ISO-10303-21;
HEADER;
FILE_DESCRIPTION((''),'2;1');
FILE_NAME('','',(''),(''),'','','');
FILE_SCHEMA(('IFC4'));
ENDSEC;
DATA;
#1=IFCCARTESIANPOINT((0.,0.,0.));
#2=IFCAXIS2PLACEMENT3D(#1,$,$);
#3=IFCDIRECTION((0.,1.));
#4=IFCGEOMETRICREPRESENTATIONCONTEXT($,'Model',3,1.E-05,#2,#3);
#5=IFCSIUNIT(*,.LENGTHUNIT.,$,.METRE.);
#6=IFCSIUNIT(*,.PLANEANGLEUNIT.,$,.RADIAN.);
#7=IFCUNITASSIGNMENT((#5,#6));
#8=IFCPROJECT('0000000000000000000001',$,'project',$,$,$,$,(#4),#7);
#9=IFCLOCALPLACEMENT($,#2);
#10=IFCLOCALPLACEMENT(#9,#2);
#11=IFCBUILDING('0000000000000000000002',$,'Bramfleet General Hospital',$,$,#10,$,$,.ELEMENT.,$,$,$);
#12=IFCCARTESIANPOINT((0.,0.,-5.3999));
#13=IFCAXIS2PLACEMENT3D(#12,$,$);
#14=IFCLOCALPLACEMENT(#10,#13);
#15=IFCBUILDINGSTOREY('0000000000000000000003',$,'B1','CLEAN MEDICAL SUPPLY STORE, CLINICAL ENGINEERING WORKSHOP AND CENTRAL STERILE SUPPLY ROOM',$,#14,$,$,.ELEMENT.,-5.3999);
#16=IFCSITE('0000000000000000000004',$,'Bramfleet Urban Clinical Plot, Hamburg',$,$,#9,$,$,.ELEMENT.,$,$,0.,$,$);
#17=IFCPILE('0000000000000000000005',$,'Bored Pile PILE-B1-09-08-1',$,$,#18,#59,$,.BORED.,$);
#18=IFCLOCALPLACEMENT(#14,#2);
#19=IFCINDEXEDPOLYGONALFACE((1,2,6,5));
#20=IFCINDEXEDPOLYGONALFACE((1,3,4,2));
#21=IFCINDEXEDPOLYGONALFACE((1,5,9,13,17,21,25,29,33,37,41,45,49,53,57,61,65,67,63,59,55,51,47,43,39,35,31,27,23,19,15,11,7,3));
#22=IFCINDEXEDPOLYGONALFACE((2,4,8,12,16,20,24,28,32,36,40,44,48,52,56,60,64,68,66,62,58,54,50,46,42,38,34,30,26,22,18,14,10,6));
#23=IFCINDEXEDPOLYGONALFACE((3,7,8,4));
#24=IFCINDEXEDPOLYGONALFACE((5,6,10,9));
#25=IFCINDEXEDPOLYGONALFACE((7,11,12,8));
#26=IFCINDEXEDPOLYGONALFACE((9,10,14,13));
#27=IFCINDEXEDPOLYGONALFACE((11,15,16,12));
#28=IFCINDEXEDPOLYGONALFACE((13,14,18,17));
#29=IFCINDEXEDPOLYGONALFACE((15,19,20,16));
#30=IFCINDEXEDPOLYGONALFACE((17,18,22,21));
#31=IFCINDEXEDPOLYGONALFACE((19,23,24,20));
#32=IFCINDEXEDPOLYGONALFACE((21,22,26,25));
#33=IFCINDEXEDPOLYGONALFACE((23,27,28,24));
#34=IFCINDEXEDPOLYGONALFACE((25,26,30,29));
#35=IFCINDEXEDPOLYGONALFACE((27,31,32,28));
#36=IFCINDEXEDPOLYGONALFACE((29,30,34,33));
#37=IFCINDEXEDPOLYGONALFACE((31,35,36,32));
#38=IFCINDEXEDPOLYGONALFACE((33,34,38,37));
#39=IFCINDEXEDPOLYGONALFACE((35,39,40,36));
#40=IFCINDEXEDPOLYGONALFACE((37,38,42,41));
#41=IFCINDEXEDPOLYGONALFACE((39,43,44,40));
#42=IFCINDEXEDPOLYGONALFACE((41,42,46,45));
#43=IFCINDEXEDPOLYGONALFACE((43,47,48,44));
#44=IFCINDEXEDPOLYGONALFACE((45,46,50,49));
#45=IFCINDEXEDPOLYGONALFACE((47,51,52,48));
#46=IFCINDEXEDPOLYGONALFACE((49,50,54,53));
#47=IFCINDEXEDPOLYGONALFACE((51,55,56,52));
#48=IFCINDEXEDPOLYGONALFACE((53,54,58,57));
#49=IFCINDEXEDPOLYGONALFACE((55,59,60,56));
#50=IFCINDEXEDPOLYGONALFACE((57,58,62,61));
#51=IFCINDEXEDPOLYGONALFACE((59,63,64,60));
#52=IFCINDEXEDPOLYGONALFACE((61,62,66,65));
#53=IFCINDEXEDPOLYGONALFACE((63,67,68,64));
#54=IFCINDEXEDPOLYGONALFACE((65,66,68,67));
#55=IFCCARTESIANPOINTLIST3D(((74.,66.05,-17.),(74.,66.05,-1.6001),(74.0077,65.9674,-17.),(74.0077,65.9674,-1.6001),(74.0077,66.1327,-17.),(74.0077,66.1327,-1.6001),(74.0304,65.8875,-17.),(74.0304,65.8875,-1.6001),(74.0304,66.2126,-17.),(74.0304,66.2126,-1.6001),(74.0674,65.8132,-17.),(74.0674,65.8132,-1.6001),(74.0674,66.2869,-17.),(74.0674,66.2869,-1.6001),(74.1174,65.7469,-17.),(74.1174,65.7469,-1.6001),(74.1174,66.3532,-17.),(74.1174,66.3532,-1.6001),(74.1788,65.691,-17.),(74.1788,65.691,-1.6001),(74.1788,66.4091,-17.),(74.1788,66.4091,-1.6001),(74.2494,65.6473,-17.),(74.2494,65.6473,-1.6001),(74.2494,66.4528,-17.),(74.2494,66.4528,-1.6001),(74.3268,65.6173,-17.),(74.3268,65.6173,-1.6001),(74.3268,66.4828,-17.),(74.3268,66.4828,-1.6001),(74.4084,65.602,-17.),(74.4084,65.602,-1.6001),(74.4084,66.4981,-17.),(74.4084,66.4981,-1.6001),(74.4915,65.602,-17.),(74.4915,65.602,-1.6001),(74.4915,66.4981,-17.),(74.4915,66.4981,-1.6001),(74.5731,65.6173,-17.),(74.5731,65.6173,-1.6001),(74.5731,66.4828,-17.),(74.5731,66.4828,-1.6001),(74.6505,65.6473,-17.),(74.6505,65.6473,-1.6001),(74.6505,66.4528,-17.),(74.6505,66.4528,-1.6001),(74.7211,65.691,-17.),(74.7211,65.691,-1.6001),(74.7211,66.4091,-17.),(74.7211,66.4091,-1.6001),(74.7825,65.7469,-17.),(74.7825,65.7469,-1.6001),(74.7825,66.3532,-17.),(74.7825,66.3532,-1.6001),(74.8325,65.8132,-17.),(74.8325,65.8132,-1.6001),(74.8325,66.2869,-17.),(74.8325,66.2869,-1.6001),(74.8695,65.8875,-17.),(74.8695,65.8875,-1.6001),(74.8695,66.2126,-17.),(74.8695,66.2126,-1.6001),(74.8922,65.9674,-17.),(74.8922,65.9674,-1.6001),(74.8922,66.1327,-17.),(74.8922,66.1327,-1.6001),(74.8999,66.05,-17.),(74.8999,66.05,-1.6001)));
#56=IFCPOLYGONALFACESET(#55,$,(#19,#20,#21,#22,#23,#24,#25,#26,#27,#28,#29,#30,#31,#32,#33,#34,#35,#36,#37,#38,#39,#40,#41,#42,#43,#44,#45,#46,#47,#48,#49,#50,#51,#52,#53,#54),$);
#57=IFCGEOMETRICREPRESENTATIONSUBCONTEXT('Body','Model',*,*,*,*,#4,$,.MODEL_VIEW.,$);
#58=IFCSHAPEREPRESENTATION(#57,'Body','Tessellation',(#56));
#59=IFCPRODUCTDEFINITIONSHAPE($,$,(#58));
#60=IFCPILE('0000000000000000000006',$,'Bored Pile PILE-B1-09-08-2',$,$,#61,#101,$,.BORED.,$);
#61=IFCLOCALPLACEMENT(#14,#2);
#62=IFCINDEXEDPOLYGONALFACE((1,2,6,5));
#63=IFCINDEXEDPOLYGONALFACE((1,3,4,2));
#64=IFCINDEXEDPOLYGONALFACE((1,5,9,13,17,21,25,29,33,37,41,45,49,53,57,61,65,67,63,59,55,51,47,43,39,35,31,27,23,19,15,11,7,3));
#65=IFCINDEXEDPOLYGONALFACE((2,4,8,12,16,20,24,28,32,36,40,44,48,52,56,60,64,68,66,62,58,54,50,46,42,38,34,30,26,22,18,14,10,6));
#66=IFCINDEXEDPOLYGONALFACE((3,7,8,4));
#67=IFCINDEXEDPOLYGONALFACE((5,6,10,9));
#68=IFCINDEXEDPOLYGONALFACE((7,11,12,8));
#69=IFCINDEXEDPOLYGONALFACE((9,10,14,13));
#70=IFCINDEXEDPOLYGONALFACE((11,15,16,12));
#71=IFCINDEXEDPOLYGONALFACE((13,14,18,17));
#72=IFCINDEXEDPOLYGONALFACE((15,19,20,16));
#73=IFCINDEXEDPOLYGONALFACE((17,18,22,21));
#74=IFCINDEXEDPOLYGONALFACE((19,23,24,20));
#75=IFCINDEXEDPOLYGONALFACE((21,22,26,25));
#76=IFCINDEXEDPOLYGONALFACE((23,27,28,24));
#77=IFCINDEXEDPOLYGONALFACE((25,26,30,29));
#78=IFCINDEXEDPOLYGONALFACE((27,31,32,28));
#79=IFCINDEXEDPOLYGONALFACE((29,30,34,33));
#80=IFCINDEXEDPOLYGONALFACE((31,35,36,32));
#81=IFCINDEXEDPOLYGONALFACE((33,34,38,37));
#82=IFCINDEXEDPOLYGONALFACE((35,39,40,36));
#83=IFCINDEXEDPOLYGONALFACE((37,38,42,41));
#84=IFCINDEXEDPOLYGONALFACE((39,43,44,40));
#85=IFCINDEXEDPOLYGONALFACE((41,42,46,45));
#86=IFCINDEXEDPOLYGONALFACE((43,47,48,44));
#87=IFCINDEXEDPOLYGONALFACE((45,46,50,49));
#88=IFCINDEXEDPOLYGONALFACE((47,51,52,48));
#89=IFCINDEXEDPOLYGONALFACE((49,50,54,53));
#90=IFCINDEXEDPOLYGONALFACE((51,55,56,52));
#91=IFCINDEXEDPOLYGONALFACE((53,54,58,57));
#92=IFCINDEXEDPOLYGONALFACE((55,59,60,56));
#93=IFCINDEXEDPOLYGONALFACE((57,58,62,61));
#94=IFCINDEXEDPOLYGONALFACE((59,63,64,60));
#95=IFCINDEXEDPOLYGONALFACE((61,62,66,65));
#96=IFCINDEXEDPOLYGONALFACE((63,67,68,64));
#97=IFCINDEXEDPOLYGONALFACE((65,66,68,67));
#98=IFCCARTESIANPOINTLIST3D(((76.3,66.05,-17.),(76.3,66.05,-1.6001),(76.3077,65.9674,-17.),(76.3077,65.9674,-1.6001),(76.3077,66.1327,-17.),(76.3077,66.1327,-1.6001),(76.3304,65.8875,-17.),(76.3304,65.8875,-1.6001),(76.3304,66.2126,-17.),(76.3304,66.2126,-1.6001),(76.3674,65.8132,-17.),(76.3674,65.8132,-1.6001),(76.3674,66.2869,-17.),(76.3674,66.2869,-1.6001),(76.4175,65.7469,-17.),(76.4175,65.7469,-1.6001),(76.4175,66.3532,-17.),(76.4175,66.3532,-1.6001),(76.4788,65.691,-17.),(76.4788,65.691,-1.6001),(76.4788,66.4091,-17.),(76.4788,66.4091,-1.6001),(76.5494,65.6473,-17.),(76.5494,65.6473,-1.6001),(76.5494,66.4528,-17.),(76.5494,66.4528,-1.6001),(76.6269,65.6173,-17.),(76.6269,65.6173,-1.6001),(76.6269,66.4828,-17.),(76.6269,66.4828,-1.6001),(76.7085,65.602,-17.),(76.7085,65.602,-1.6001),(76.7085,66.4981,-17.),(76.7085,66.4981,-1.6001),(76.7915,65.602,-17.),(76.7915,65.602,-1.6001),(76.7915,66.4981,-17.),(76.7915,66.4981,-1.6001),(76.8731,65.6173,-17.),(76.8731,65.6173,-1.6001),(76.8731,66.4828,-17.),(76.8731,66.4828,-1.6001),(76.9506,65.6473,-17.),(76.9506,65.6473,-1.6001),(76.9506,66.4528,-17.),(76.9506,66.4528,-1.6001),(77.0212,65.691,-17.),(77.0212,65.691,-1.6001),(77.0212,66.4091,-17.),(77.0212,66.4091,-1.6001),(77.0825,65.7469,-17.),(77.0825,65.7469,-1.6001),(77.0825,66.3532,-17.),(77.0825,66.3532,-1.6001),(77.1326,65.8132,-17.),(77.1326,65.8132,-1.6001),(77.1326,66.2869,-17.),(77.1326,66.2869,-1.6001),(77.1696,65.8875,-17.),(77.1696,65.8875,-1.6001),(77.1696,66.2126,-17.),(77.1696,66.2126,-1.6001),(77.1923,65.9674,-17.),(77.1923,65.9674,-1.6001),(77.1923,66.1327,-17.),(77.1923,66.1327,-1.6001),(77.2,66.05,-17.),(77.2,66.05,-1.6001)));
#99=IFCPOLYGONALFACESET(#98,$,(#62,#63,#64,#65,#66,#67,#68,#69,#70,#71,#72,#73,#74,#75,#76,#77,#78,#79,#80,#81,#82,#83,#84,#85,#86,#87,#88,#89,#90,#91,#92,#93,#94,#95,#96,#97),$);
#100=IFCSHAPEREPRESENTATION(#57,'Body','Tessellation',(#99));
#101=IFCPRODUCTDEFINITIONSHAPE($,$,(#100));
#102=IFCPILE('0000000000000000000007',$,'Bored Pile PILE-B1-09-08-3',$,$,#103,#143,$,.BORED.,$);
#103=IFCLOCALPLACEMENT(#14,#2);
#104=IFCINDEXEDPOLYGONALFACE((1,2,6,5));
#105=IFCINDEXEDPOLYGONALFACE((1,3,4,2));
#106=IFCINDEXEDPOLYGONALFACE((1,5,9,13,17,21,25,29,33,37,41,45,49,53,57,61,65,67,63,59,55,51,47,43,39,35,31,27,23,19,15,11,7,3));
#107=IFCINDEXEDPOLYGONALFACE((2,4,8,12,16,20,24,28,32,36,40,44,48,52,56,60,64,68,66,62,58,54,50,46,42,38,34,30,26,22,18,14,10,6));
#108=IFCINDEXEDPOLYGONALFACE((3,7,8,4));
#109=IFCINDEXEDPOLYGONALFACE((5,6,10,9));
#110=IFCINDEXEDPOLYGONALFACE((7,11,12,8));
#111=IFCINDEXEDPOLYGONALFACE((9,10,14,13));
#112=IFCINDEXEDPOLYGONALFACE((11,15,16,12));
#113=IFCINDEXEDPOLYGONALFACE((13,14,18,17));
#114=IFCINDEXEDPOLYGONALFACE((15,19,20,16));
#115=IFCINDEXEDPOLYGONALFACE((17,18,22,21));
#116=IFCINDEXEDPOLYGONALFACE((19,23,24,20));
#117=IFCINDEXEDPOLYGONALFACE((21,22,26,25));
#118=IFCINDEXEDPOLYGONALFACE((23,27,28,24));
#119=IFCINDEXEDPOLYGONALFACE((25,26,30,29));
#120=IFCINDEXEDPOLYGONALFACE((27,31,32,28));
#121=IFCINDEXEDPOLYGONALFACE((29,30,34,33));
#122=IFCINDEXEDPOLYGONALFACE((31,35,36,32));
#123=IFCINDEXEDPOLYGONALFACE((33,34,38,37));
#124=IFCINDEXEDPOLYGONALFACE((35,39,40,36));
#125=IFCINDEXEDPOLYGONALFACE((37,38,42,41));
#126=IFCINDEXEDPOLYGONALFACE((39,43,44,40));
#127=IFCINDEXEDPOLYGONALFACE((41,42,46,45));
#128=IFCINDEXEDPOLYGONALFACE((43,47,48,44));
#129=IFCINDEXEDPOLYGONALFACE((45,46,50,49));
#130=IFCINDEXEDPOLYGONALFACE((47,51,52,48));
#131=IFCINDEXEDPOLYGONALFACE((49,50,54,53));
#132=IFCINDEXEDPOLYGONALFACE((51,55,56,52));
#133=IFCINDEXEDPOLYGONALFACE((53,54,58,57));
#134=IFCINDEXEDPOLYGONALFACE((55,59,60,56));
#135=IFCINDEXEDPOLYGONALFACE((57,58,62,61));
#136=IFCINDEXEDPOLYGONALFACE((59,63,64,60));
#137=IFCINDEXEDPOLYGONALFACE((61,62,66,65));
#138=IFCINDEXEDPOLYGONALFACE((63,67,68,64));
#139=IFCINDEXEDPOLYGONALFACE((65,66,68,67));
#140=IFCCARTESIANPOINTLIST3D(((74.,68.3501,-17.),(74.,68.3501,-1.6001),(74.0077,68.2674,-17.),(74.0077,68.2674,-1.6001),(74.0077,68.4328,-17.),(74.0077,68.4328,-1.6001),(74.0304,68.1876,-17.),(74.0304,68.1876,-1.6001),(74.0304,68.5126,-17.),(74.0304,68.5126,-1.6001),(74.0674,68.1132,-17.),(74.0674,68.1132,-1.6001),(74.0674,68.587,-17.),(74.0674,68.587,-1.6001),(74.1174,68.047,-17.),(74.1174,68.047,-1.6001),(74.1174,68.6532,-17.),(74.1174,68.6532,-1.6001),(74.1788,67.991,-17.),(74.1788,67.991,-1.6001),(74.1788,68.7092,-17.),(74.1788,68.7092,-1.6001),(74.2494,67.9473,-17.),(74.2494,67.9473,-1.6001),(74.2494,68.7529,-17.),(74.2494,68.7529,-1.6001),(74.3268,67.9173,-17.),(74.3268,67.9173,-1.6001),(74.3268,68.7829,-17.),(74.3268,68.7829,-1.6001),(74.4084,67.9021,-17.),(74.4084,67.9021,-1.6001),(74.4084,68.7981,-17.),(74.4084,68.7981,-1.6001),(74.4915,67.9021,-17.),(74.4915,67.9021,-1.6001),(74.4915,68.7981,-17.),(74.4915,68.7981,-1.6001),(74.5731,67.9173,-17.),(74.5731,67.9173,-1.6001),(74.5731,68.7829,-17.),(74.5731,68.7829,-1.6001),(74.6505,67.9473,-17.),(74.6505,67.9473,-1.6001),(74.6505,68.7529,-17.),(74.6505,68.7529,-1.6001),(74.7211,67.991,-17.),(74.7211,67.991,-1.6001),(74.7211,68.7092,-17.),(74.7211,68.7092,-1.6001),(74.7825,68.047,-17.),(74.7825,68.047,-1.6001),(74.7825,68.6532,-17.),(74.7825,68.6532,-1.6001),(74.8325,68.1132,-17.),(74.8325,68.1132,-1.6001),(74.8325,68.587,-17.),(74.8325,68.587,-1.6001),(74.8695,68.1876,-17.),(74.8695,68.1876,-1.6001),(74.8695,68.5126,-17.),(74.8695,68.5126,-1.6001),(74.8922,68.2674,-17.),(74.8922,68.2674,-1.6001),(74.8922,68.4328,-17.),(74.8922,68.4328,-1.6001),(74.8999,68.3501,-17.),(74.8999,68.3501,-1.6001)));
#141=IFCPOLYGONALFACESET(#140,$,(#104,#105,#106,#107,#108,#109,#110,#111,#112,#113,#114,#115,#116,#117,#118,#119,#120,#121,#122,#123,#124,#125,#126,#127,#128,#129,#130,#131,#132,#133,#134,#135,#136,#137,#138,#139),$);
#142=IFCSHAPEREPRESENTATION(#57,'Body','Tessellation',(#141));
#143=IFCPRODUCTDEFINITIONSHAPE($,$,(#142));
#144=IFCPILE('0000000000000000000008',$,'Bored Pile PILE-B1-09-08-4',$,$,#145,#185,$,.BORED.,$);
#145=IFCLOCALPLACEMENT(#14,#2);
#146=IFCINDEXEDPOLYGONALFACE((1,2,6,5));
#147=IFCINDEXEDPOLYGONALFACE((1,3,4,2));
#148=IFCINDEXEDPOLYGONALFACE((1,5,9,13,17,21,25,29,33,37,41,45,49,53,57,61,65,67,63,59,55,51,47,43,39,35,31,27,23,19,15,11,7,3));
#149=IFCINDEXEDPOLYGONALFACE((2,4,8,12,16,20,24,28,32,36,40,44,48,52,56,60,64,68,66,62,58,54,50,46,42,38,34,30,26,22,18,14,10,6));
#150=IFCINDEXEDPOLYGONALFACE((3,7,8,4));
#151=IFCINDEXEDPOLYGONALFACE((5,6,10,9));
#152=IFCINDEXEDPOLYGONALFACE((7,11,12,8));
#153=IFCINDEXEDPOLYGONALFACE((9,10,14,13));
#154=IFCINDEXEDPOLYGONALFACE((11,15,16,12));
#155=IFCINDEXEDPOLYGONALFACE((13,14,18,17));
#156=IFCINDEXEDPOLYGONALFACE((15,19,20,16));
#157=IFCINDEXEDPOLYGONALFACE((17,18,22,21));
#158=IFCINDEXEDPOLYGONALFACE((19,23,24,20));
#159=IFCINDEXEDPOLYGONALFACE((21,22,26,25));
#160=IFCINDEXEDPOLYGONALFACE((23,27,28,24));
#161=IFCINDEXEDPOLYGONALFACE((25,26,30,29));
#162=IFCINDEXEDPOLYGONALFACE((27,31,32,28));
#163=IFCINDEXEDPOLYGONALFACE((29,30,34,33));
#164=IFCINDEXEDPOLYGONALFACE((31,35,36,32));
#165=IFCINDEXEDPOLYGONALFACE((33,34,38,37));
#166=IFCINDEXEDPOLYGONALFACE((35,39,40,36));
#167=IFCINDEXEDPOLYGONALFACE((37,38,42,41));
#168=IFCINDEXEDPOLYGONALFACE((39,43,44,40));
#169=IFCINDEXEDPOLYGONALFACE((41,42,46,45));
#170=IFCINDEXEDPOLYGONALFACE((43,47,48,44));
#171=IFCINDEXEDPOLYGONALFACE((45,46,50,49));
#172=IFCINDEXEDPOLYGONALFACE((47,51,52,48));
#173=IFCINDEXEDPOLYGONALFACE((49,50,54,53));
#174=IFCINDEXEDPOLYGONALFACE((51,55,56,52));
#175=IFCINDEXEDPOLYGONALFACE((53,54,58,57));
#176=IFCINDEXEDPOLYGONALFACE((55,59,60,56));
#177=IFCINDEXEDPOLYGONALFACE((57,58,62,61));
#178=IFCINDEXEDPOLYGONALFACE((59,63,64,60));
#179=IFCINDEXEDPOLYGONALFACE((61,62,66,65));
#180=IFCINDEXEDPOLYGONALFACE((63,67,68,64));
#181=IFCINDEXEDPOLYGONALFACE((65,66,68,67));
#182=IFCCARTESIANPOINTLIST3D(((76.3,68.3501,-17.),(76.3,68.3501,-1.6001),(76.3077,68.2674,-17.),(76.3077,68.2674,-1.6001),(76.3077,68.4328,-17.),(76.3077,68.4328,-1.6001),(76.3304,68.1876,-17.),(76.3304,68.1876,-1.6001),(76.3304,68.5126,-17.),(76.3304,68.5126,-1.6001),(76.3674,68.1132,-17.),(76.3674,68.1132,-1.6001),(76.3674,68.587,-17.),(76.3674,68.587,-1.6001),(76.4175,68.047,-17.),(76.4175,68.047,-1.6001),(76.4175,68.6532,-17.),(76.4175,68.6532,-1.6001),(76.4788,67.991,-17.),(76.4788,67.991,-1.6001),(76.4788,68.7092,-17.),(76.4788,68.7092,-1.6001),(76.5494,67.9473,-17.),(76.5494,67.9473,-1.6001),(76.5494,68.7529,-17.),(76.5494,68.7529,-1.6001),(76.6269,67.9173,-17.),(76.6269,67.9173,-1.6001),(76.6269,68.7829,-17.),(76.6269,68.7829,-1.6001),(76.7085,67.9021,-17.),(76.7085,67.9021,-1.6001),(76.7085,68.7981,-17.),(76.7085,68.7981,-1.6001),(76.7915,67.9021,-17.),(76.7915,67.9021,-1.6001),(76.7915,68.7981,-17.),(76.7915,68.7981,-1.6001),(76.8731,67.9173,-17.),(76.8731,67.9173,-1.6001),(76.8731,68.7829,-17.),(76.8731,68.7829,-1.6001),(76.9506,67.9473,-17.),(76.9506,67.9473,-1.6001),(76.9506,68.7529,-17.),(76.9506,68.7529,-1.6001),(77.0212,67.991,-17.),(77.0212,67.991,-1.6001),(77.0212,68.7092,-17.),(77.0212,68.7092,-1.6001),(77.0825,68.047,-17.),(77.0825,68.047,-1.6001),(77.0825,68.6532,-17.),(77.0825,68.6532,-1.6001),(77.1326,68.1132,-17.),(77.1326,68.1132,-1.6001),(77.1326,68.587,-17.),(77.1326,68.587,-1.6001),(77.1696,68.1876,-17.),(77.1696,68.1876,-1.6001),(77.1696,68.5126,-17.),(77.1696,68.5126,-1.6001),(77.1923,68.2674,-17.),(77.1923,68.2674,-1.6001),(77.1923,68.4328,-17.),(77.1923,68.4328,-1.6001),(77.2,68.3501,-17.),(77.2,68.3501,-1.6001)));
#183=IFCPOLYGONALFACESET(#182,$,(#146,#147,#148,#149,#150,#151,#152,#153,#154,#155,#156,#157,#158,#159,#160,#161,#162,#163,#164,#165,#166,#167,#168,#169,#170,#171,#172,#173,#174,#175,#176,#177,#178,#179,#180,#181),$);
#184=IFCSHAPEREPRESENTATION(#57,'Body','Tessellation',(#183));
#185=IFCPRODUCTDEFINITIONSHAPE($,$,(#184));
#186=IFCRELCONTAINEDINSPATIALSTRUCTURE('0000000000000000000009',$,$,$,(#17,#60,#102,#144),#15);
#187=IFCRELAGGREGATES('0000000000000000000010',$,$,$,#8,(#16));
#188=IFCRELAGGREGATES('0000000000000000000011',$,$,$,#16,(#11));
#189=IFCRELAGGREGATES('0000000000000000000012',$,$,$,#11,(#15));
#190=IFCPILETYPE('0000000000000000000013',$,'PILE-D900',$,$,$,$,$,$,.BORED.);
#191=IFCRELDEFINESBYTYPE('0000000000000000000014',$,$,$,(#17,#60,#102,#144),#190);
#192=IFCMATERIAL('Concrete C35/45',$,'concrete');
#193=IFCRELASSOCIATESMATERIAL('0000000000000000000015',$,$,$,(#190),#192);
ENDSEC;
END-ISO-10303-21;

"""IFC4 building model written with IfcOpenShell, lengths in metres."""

from ifc_helpers import new_model, si_unit, direction, frame, origin, origin_2d, place, context, subcontext, project, spatial, circle, extrude, material, material_profile, profile_set, type_object, element, save


model = new_model("IFC4")

# Units and contexts
model_context = context("Model", 3, precision=1e-05, world=origin(), true_north=direction((0.0, 1.0)))
body_context = subcontext(model_context, "Body", "Model", "MODEL_VIEW")
ifc_project = project(units=[si_unit("LENGTHUNIT", "METRE"), si_unit("PLANEANGLEUNIT", "RADIAN")], contexts=[model_context])

# Site, building, storey
site_placement = place(None, origin())
site = spatial("IfcSite", under=ifc_project, at=site_placement, Name="Bramfleet Urban Clinical Plot, Hamburg", CompositionType="ELEMENT", RefElevation=0.0)
building_placement = place(site_placement, origin())
building = spatial("IfcBuilding", under=site, at=building_placement, Name="Bramfleet General Hospital", CompositionType="ELEMENT")
storey_placement = place(building_placement, frame((0.0, 0.0, -5.3999)))
storey = spatial("IfcBuildingStorey", under=building, at=storey_placement, Name="B1", Description="CLEAN MEDICAL SUPPLY STORE, CLINICAL ENGINEERING WORKSHOP AND CENTRAL STERILE SUPPLY ROOM", CompositionType="ELEMENT", Elevation=-5.3999)

# Shared definitions
ifc_material_1 = material(Name="Concrete C35/45", Category="concrete")

# Piles
ifc_material_profile_1 = material_profile(ifc_material_1, circle(Radius=0.45, at=origin_2d()), Name="PILE BORED D900")
ifc_profile_set_1 = profile_set([ifc_material_profile_1], Name="Concrete C35/45")
pile_type = type_object("IfcPileType", Name="PILE-D900", PredefinedType="BORED", material=ifc_profile_set_1)
for number, where, z_axis, x_axis, name in (
    (1, (74.45, 66.05, -1.6001), (0.0, 0.0, -1.0), (1.0, 0.0, 0.0), "Bored Pile PILE-B1-09-08-1"),
    (2, (76.75, 66.05, -1.6001), (0.0, 0.0, -1.0), (1.0, 0.0, 0.0), "Bored Pile PILE-B1-09-08-2"),
    (3, (74.45, 68.3501, -1.6001), (0.0, 0.0, -1.0), (1.0, 0.0, 0.0), "Bored Pile PILE-B1-09-08-3"),
    (4, (76.75, 68.3501, -1.6001), (0.0, 0.0, -1.0), (1.0, 0.0, 0.0), "Bored Pile PILE-B1-09-08-4"),
):
    element("IfcPile", number, at=place(storey_placement, frame(where, z_axis=z_axis, x_axis=x_axis)), inside=storey, type_object=pile_type, Name=name, PredefinedType="BORED", context=body_context, shape_type="SweptSolid", body=[
        extrude(circle(Radius=0.45, at=origin_2d()), origin(), (0.0, 0.0, 1.0), 15.3999),
    ])

save(model, "model.ifc")
